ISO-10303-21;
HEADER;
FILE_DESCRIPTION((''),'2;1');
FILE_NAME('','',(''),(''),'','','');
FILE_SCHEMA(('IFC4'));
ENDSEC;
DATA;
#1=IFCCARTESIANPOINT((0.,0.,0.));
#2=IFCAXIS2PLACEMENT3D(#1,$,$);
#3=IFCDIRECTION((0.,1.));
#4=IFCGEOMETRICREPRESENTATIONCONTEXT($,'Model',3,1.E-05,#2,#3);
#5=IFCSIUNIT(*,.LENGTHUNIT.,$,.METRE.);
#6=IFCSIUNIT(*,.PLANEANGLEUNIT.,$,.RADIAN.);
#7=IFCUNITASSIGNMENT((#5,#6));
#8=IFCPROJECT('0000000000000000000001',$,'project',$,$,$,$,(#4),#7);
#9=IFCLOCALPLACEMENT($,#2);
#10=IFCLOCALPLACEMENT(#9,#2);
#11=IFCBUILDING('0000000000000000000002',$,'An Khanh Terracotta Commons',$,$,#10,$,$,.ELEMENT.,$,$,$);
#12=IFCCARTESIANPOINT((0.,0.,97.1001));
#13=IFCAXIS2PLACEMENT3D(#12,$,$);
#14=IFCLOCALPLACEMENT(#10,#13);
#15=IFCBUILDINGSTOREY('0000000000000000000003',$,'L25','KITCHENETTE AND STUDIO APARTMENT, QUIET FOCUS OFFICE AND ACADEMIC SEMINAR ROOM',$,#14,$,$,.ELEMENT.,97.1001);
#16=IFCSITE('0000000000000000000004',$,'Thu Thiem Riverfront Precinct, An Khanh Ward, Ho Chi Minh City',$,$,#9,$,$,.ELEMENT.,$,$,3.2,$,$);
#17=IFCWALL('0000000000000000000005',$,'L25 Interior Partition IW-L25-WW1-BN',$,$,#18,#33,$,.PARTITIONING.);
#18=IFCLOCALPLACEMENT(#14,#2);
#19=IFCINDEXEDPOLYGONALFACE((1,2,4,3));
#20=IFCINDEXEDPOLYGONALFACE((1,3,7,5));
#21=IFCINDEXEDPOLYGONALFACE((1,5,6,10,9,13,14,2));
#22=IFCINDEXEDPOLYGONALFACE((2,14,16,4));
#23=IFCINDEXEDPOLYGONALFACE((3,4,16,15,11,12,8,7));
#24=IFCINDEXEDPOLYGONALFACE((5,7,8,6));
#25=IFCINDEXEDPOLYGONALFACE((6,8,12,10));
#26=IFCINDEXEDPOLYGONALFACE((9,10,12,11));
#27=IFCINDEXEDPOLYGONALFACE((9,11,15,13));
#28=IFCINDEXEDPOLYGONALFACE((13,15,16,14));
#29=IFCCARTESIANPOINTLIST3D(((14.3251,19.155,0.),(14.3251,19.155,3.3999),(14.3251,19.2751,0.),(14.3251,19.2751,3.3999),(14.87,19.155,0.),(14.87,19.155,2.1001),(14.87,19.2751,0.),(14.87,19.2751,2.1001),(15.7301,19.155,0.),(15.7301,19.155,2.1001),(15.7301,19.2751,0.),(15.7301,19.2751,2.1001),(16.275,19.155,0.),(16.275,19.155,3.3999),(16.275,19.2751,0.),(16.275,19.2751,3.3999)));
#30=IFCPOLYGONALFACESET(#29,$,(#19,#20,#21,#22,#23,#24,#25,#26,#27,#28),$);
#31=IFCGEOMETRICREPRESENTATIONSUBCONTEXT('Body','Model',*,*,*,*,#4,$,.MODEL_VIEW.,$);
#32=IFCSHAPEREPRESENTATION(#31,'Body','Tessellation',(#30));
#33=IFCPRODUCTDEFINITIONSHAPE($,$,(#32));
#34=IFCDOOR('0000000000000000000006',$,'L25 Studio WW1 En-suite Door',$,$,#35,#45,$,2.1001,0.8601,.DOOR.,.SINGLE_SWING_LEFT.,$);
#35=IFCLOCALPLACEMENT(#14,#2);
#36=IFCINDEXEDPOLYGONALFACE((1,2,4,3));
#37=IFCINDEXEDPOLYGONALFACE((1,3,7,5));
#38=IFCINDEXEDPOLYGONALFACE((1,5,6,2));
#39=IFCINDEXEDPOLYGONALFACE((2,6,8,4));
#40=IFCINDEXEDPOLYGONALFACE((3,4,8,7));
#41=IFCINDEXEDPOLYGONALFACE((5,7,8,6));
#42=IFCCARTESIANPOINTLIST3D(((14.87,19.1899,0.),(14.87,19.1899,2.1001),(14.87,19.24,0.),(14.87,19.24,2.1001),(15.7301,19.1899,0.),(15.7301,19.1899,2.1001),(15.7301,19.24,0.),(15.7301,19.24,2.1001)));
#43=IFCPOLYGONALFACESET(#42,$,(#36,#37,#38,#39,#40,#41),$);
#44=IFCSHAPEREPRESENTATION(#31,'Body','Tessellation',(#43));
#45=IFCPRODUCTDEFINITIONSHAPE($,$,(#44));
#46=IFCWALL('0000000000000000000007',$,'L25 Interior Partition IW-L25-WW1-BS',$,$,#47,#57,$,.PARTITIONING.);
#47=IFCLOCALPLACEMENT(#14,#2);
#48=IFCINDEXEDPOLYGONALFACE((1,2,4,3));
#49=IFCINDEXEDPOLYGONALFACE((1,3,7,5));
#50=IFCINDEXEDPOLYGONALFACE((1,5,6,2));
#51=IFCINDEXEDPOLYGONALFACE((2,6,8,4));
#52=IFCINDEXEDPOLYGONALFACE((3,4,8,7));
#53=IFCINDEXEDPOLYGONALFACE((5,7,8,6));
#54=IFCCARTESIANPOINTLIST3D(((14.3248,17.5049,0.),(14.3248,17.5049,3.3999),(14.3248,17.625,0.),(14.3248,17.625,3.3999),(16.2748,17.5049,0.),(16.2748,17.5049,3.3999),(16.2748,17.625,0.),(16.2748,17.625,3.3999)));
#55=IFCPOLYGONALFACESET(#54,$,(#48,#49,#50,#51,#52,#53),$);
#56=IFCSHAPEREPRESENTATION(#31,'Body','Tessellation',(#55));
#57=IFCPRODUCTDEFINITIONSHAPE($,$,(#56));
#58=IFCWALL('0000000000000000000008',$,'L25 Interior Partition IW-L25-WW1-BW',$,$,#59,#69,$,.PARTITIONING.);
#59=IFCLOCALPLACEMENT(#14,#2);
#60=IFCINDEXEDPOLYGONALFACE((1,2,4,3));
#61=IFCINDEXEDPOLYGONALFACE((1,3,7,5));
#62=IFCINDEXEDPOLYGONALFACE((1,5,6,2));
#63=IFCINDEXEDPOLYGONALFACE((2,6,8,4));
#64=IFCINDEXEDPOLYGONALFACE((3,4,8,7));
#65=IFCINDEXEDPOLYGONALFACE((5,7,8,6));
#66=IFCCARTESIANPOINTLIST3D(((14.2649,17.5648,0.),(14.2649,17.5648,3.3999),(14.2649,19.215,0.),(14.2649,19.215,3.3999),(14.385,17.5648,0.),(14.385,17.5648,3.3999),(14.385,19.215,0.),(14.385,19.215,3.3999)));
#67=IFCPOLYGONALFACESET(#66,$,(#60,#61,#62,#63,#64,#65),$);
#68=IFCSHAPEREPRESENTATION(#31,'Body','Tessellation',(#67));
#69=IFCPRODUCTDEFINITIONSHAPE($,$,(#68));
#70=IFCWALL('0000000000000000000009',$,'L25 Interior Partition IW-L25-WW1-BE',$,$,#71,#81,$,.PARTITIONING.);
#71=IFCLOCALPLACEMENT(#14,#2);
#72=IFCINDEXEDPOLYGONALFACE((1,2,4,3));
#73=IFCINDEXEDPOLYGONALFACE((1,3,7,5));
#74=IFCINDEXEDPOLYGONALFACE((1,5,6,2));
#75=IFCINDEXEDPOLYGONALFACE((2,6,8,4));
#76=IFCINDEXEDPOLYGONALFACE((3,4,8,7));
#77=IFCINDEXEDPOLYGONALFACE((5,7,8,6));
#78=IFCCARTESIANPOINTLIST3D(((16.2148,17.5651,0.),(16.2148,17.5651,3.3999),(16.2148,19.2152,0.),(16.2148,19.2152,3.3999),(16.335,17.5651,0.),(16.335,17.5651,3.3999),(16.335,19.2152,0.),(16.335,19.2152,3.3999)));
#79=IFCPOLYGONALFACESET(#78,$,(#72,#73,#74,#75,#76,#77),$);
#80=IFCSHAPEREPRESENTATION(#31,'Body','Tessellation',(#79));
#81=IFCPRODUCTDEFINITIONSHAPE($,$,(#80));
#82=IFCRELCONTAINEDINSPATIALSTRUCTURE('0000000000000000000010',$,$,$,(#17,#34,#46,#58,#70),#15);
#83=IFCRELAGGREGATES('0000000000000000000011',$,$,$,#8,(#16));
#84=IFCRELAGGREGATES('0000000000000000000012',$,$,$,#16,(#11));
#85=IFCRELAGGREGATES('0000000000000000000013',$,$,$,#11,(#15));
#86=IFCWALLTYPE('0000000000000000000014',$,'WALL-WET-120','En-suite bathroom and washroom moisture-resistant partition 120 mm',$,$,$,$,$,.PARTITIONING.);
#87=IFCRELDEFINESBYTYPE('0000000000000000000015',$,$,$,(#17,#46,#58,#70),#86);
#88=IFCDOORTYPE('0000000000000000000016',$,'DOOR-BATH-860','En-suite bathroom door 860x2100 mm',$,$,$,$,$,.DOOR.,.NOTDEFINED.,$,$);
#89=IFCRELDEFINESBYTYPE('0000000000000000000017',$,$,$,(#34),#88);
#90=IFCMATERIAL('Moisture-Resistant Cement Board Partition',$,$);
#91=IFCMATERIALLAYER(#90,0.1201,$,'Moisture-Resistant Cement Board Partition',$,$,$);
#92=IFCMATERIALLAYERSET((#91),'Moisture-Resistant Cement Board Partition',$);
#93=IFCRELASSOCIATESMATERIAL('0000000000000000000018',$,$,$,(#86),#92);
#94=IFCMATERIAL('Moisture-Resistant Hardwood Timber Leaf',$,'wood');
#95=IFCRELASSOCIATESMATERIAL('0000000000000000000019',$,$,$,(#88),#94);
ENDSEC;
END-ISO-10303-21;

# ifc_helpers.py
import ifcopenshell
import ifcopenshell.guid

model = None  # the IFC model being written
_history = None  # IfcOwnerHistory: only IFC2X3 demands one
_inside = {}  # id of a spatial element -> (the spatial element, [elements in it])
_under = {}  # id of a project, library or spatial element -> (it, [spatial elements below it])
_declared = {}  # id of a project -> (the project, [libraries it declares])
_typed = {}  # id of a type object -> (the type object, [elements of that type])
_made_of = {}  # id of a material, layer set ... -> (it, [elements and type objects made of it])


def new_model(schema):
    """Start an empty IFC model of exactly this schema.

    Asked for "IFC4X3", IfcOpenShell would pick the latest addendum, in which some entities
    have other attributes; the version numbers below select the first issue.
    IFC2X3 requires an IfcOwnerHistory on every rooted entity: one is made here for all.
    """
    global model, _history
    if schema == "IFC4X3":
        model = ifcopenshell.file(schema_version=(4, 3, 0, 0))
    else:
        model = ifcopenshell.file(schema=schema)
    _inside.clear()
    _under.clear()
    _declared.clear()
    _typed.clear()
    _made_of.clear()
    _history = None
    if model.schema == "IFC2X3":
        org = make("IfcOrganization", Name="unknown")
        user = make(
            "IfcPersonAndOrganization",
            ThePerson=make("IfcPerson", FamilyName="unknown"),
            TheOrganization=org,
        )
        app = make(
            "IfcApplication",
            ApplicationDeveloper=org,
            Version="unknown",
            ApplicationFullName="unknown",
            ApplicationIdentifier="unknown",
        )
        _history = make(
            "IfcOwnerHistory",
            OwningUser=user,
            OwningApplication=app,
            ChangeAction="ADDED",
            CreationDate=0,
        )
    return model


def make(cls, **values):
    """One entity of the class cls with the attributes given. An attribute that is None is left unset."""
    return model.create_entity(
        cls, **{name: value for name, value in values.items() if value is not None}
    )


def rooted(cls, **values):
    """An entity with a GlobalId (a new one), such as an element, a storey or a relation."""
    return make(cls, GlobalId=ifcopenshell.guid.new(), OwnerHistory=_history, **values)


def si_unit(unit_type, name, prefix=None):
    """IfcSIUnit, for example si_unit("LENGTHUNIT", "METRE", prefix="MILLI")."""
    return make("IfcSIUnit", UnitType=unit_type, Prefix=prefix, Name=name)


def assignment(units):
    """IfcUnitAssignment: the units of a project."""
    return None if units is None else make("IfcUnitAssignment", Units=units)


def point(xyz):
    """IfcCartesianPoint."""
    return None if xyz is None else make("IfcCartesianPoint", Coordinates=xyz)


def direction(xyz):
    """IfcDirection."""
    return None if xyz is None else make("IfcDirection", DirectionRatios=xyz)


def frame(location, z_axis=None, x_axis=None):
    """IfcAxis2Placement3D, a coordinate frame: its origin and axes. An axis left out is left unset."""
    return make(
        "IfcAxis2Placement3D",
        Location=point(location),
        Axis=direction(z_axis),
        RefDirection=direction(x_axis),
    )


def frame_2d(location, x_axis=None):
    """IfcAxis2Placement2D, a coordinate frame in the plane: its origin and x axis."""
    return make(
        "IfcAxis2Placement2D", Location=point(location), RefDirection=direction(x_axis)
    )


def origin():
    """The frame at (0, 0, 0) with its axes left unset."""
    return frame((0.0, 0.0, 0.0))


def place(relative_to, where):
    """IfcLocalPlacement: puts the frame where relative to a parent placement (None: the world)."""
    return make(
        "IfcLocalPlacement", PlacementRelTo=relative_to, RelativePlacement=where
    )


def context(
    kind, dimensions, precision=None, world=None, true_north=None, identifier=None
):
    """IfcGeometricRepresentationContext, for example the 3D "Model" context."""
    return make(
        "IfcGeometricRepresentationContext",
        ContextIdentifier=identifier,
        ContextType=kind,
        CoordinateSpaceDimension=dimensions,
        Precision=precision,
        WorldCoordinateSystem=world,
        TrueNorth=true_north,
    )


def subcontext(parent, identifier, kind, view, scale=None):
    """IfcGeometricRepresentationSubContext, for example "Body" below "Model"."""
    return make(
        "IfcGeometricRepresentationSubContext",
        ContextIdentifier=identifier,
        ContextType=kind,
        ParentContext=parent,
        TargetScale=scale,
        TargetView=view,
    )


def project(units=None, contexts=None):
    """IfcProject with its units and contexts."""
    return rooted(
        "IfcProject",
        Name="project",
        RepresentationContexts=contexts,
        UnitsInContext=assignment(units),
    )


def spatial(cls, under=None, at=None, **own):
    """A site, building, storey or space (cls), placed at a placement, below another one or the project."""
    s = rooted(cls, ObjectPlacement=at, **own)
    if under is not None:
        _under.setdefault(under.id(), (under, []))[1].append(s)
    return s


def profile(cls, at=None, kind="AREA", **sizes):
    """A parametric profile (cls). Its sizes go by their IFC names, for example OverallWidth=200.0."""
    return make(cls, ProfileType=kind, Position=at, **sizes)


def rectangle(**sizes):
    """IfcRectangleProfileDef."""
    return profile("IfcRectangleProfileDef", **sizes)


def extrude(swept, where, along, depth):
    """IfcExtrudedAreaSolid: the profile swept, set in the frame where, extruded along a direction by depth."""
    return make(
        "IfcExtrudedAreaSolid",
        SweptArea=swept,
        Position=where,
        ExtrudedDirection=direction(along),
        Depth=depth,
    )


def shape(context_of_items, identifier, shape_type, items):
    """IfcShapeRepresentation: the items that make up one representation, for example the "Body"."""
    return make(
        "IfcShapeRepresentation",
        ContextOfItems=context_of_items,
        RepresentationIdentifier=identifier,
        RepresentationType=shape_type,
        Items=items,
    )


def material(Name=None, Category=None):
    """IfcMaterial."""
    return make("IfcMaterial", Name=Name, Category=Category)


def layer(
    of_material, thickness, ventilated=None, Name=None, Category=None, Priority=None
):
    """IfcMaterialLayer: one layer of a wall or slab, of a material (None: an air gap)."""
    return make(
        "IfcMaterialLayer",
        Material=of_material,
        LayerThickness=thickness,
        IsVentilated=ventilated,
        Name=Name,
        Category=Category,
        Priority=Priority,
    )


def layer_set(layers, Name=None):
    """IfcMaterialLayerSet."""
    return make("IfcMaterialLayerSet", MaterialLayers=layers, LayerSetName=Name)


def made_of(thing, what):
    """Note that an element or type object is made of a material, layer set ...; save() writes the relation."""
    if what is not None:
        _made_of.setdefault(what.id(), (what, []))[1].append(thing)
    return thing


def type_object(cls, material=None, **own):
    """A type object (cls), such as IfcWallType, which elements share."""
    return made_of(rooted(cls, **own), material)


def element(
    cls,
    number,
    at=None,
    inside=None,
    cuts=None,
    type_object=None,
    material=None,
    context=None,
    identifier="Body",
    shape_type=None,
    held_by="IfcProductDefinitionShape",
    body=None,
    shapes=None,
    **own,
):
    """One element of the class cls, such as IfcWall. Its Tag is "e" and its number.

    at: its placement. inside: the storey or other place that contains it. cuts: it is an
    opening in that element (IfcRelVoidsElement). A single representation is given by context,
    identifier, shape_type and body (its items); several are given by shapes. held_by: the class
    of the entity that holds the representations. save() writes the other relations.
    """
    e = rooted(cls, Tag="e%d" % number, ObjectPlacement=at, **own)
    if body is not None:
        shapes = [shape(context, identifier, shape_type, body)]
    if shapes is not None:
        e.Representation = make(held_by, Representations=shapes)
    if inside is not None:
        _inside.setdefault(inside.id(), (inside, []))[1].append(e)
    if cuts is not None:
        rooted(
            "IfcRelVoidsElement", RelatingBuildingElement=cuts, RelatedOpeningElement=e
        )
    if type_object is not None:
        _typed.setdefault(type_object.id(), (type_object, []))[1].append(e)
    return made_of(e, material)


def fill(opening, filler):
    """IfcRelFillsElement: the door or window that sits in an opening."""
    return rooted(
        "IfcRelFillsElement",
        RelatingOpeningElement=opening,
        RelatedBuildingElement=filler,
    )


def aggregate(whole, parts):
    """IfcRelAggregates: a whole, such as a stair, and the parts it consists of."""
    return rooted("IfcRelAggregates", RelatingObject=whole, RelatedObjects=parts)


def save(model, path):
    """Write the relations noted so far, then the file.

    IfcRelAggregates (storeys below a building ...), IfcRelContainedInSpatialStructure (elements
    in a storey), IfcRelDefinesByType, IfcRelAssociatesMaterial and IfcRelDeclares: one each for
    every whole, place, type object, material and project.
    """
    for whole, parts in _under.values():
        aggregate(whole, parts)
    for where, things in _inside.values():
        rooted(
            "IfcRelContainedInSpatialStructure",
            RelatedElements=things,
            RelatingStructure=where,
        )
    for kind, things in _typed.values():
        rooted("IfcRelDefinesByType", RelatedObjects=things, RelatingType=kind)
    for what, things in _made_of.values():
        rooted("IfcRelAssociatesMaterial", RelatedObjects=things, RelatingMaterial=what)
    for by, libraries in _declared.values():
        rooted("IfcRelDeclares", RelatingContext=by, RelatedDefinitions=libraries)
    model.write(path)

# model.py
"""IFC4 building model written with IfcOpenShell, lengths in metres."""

from ifc_helpers import new_model, si_unit, direction, frame, frame_2d, origin, place, context, subcontext, project, spatial, rectangle, extrude, material, layer, layer_set, type_object, element, fill, save


model = new_model("IFC4")

# Units and contexts
model_context = context("Model", 3, precision=1e-05, world=origin(), true_north=direction((0.0, 1.0)))
body_context = subcontext(model_context, "Body", "Model", "MODEL_VIEW")
ifc_project = project(units=[si_unit("LENGTHUNIT", "METRE"), si_unit("PLANEANGLEUNIT", "RADIAN")], contexts=[model_context])

# Site, building, storey
site_placement = place(None, origin())
site = spatial("IfcSite", under=ifc_project, at=site_placement, Name="Thu Thiem Riverfront Precinct, An Khanh Ward, Ho Chi Minh City", CompositionType="ELEMENT", RefElevation=3.2)
building_placement = place(site_placement, origin())
building = spatial("IfcBuilding", under=site, at=building_placement, Name="An Khanh Terracotta Commons", CompositionType="ELEMENT")
storey_placement = place(building_placement, frame((0.0, 0.0, 97.1001)))
storey = spatial("IfcBuildingStorey", under=building, at=storey_placement, Name="L25", Description="KITCHENETTE AND STUDIO APARTMENT, QUIET FOCUS OFFICE AND ACADEMIC SEMINAR ROOM", CompositionType="ELEMENT", Elevation=97.1001)

# Wall, opening, door
ifc_material_1 = material(Name="Moisture-Resistant Cement Board Partition")
ifc_layer_1 = layer(ifc_material_1, 0.1201, Name="Moisture-Resistant Cement Board Partition")
ifc_layer_set_1 = layer_set([ifc_layer_1], Name="Moisture-Resistant Cement Board Partition")
wall_type_1 = type_object("IfcWallType", Name="WALL-WET-120", Description="En-suite bathroom and washroom moisture-resistant partition 120 mm", PredefinedType="PARTITIONING", material=ifc_layer_set_1)
wall_1_placement = place(storey_placement, frame((14.325, 19.2151, 0.0), z_axis=(0.0, 0.0, 1.0), x_axis=(1.0, 0.0, 0.0)))
wall_1 = element("IfcWall", 1, at=wall_1_placement, inside=storey, type_object=wall_type_1, Name="L25 Interior Partition IW-L25-WW1-BN", PredefinedType="PARTITIONING", context=body_context, shape_type="SweptSolid", body=[
    extrude(rectangle(XDim=1.95, YDim=0.1201, at=frame_2d((0.9751, 0.0))), origin(), (0.0, 0.0, 1.0), 3.3999),
])
opening_1_placement = place(wall_1_placement, frame((0.5449, 0.0, 0.0)))
opening_1 = element("IfcOpeningElement", 2, at=opening_1_placement, cuts=wall_1, PredefinedType="OPENING", context=body_context, shape_type="SweptSolid", body=[
    extrude(rectangle(XDim=0.8601, YDim=2.1001, at=frame_2d((0.4302, 1.05))), frame((0.0, 0.0701, 0.0), z_axis=(0.0, -1.0, 0.0), x_axis=(1.0, 0.0, 0.0)), (0.0, 0.0, 1.0), 0.1401),
])
ifc_material_2 = material(Name="Moisture-Resistant Hardwood Timber Leaf", Category="wood")
door_type_1 = type_object("IfcDoorType", Name="DOOR-BATH-860", Description="En-suite bathroom door 860x2100 mm", OperationType="NOTDEFINED", PredefinedType="DOOR", material=ifc_material_2)
door_1_placement = place(opening_1_placement, origin())
door_1 = element("IfcDoor", 3, at=door_1_placement, inside=storey, type_object=door_type_1, Name="L25 Studio WW1 En-suite Door", OperationType="SINGLE_SWING_LEFT", OverallHeight=2.1001, OverallWidth=0.8601, PredefinedType="DOOR", context=body_context, shape_type="SweptSolid", body=[
    extrude(rectangle(XDim=0.8601, YDim=2.1001, at=frame_2d((0.4302, 1.05))), frame((0.0, 0.0249, 0.0), z_axis=(0.0, -1.0, 0.0), x_axis=(1.0, 0.0, 0.0)), (0.0, 0.0, 1.0), 0.05),
])
fill(opening_1, door_1)

# Walls
wall_2_placement = place(storey_placement, frame((16.2749, 17.5649, 0.0), z_axis=(0.0, 0.0, 1.0), x_axis=(-1.0, 0.0, 0.0)))
element("IfcWall", 4, at=wall_2_placement, inside=storey, type_object=wall_type_1, Name="L25 Interior Partition IW-L25-WW1-BS", PredefinedType="PARTITIONING", context=body_context, shape_type="SweptSolid", body=[
    extrude(rectangle(XDim=1.95, YDim=0.1201, at=frame_2d((0.9751, 0.0))), origin(), (0.0, 0.0, 1.0), 3.3999),
])
for number, where, z_axis, x_axis, name in (
    (5, (14.325, 19.2151, 0.0), (0.0, 0.0, 1.0), (0.0, -1.0, 0.0), "L25 Interior Partition IW-L25-WW1-BW"),
    (6, (16.2749, 17.5649, 0.0), (0.0, 0.0, 1.0), (0.0, 1.0, 0.0), "L25 Interior Partition IW-L25-WW1-BE"),
):
    element("IfcWall", number, at=place(storey_placement, frame(where, z_axis=z_axis, x_axis=x_axis)), inside=storey, type_object=wall_type_1, Name=name, PredefinedType="PARTITIONING", context=body_context, shape_type="SweptSolid", body=[
        extrude(rectangle(XDim=1.6501, YDim=0.1201, at=frame_2d((0.8252, 0.0))), origin(), (0.0, 0.0, 1.0), 3.3999),
    ])

save(model, "model.ifc")
